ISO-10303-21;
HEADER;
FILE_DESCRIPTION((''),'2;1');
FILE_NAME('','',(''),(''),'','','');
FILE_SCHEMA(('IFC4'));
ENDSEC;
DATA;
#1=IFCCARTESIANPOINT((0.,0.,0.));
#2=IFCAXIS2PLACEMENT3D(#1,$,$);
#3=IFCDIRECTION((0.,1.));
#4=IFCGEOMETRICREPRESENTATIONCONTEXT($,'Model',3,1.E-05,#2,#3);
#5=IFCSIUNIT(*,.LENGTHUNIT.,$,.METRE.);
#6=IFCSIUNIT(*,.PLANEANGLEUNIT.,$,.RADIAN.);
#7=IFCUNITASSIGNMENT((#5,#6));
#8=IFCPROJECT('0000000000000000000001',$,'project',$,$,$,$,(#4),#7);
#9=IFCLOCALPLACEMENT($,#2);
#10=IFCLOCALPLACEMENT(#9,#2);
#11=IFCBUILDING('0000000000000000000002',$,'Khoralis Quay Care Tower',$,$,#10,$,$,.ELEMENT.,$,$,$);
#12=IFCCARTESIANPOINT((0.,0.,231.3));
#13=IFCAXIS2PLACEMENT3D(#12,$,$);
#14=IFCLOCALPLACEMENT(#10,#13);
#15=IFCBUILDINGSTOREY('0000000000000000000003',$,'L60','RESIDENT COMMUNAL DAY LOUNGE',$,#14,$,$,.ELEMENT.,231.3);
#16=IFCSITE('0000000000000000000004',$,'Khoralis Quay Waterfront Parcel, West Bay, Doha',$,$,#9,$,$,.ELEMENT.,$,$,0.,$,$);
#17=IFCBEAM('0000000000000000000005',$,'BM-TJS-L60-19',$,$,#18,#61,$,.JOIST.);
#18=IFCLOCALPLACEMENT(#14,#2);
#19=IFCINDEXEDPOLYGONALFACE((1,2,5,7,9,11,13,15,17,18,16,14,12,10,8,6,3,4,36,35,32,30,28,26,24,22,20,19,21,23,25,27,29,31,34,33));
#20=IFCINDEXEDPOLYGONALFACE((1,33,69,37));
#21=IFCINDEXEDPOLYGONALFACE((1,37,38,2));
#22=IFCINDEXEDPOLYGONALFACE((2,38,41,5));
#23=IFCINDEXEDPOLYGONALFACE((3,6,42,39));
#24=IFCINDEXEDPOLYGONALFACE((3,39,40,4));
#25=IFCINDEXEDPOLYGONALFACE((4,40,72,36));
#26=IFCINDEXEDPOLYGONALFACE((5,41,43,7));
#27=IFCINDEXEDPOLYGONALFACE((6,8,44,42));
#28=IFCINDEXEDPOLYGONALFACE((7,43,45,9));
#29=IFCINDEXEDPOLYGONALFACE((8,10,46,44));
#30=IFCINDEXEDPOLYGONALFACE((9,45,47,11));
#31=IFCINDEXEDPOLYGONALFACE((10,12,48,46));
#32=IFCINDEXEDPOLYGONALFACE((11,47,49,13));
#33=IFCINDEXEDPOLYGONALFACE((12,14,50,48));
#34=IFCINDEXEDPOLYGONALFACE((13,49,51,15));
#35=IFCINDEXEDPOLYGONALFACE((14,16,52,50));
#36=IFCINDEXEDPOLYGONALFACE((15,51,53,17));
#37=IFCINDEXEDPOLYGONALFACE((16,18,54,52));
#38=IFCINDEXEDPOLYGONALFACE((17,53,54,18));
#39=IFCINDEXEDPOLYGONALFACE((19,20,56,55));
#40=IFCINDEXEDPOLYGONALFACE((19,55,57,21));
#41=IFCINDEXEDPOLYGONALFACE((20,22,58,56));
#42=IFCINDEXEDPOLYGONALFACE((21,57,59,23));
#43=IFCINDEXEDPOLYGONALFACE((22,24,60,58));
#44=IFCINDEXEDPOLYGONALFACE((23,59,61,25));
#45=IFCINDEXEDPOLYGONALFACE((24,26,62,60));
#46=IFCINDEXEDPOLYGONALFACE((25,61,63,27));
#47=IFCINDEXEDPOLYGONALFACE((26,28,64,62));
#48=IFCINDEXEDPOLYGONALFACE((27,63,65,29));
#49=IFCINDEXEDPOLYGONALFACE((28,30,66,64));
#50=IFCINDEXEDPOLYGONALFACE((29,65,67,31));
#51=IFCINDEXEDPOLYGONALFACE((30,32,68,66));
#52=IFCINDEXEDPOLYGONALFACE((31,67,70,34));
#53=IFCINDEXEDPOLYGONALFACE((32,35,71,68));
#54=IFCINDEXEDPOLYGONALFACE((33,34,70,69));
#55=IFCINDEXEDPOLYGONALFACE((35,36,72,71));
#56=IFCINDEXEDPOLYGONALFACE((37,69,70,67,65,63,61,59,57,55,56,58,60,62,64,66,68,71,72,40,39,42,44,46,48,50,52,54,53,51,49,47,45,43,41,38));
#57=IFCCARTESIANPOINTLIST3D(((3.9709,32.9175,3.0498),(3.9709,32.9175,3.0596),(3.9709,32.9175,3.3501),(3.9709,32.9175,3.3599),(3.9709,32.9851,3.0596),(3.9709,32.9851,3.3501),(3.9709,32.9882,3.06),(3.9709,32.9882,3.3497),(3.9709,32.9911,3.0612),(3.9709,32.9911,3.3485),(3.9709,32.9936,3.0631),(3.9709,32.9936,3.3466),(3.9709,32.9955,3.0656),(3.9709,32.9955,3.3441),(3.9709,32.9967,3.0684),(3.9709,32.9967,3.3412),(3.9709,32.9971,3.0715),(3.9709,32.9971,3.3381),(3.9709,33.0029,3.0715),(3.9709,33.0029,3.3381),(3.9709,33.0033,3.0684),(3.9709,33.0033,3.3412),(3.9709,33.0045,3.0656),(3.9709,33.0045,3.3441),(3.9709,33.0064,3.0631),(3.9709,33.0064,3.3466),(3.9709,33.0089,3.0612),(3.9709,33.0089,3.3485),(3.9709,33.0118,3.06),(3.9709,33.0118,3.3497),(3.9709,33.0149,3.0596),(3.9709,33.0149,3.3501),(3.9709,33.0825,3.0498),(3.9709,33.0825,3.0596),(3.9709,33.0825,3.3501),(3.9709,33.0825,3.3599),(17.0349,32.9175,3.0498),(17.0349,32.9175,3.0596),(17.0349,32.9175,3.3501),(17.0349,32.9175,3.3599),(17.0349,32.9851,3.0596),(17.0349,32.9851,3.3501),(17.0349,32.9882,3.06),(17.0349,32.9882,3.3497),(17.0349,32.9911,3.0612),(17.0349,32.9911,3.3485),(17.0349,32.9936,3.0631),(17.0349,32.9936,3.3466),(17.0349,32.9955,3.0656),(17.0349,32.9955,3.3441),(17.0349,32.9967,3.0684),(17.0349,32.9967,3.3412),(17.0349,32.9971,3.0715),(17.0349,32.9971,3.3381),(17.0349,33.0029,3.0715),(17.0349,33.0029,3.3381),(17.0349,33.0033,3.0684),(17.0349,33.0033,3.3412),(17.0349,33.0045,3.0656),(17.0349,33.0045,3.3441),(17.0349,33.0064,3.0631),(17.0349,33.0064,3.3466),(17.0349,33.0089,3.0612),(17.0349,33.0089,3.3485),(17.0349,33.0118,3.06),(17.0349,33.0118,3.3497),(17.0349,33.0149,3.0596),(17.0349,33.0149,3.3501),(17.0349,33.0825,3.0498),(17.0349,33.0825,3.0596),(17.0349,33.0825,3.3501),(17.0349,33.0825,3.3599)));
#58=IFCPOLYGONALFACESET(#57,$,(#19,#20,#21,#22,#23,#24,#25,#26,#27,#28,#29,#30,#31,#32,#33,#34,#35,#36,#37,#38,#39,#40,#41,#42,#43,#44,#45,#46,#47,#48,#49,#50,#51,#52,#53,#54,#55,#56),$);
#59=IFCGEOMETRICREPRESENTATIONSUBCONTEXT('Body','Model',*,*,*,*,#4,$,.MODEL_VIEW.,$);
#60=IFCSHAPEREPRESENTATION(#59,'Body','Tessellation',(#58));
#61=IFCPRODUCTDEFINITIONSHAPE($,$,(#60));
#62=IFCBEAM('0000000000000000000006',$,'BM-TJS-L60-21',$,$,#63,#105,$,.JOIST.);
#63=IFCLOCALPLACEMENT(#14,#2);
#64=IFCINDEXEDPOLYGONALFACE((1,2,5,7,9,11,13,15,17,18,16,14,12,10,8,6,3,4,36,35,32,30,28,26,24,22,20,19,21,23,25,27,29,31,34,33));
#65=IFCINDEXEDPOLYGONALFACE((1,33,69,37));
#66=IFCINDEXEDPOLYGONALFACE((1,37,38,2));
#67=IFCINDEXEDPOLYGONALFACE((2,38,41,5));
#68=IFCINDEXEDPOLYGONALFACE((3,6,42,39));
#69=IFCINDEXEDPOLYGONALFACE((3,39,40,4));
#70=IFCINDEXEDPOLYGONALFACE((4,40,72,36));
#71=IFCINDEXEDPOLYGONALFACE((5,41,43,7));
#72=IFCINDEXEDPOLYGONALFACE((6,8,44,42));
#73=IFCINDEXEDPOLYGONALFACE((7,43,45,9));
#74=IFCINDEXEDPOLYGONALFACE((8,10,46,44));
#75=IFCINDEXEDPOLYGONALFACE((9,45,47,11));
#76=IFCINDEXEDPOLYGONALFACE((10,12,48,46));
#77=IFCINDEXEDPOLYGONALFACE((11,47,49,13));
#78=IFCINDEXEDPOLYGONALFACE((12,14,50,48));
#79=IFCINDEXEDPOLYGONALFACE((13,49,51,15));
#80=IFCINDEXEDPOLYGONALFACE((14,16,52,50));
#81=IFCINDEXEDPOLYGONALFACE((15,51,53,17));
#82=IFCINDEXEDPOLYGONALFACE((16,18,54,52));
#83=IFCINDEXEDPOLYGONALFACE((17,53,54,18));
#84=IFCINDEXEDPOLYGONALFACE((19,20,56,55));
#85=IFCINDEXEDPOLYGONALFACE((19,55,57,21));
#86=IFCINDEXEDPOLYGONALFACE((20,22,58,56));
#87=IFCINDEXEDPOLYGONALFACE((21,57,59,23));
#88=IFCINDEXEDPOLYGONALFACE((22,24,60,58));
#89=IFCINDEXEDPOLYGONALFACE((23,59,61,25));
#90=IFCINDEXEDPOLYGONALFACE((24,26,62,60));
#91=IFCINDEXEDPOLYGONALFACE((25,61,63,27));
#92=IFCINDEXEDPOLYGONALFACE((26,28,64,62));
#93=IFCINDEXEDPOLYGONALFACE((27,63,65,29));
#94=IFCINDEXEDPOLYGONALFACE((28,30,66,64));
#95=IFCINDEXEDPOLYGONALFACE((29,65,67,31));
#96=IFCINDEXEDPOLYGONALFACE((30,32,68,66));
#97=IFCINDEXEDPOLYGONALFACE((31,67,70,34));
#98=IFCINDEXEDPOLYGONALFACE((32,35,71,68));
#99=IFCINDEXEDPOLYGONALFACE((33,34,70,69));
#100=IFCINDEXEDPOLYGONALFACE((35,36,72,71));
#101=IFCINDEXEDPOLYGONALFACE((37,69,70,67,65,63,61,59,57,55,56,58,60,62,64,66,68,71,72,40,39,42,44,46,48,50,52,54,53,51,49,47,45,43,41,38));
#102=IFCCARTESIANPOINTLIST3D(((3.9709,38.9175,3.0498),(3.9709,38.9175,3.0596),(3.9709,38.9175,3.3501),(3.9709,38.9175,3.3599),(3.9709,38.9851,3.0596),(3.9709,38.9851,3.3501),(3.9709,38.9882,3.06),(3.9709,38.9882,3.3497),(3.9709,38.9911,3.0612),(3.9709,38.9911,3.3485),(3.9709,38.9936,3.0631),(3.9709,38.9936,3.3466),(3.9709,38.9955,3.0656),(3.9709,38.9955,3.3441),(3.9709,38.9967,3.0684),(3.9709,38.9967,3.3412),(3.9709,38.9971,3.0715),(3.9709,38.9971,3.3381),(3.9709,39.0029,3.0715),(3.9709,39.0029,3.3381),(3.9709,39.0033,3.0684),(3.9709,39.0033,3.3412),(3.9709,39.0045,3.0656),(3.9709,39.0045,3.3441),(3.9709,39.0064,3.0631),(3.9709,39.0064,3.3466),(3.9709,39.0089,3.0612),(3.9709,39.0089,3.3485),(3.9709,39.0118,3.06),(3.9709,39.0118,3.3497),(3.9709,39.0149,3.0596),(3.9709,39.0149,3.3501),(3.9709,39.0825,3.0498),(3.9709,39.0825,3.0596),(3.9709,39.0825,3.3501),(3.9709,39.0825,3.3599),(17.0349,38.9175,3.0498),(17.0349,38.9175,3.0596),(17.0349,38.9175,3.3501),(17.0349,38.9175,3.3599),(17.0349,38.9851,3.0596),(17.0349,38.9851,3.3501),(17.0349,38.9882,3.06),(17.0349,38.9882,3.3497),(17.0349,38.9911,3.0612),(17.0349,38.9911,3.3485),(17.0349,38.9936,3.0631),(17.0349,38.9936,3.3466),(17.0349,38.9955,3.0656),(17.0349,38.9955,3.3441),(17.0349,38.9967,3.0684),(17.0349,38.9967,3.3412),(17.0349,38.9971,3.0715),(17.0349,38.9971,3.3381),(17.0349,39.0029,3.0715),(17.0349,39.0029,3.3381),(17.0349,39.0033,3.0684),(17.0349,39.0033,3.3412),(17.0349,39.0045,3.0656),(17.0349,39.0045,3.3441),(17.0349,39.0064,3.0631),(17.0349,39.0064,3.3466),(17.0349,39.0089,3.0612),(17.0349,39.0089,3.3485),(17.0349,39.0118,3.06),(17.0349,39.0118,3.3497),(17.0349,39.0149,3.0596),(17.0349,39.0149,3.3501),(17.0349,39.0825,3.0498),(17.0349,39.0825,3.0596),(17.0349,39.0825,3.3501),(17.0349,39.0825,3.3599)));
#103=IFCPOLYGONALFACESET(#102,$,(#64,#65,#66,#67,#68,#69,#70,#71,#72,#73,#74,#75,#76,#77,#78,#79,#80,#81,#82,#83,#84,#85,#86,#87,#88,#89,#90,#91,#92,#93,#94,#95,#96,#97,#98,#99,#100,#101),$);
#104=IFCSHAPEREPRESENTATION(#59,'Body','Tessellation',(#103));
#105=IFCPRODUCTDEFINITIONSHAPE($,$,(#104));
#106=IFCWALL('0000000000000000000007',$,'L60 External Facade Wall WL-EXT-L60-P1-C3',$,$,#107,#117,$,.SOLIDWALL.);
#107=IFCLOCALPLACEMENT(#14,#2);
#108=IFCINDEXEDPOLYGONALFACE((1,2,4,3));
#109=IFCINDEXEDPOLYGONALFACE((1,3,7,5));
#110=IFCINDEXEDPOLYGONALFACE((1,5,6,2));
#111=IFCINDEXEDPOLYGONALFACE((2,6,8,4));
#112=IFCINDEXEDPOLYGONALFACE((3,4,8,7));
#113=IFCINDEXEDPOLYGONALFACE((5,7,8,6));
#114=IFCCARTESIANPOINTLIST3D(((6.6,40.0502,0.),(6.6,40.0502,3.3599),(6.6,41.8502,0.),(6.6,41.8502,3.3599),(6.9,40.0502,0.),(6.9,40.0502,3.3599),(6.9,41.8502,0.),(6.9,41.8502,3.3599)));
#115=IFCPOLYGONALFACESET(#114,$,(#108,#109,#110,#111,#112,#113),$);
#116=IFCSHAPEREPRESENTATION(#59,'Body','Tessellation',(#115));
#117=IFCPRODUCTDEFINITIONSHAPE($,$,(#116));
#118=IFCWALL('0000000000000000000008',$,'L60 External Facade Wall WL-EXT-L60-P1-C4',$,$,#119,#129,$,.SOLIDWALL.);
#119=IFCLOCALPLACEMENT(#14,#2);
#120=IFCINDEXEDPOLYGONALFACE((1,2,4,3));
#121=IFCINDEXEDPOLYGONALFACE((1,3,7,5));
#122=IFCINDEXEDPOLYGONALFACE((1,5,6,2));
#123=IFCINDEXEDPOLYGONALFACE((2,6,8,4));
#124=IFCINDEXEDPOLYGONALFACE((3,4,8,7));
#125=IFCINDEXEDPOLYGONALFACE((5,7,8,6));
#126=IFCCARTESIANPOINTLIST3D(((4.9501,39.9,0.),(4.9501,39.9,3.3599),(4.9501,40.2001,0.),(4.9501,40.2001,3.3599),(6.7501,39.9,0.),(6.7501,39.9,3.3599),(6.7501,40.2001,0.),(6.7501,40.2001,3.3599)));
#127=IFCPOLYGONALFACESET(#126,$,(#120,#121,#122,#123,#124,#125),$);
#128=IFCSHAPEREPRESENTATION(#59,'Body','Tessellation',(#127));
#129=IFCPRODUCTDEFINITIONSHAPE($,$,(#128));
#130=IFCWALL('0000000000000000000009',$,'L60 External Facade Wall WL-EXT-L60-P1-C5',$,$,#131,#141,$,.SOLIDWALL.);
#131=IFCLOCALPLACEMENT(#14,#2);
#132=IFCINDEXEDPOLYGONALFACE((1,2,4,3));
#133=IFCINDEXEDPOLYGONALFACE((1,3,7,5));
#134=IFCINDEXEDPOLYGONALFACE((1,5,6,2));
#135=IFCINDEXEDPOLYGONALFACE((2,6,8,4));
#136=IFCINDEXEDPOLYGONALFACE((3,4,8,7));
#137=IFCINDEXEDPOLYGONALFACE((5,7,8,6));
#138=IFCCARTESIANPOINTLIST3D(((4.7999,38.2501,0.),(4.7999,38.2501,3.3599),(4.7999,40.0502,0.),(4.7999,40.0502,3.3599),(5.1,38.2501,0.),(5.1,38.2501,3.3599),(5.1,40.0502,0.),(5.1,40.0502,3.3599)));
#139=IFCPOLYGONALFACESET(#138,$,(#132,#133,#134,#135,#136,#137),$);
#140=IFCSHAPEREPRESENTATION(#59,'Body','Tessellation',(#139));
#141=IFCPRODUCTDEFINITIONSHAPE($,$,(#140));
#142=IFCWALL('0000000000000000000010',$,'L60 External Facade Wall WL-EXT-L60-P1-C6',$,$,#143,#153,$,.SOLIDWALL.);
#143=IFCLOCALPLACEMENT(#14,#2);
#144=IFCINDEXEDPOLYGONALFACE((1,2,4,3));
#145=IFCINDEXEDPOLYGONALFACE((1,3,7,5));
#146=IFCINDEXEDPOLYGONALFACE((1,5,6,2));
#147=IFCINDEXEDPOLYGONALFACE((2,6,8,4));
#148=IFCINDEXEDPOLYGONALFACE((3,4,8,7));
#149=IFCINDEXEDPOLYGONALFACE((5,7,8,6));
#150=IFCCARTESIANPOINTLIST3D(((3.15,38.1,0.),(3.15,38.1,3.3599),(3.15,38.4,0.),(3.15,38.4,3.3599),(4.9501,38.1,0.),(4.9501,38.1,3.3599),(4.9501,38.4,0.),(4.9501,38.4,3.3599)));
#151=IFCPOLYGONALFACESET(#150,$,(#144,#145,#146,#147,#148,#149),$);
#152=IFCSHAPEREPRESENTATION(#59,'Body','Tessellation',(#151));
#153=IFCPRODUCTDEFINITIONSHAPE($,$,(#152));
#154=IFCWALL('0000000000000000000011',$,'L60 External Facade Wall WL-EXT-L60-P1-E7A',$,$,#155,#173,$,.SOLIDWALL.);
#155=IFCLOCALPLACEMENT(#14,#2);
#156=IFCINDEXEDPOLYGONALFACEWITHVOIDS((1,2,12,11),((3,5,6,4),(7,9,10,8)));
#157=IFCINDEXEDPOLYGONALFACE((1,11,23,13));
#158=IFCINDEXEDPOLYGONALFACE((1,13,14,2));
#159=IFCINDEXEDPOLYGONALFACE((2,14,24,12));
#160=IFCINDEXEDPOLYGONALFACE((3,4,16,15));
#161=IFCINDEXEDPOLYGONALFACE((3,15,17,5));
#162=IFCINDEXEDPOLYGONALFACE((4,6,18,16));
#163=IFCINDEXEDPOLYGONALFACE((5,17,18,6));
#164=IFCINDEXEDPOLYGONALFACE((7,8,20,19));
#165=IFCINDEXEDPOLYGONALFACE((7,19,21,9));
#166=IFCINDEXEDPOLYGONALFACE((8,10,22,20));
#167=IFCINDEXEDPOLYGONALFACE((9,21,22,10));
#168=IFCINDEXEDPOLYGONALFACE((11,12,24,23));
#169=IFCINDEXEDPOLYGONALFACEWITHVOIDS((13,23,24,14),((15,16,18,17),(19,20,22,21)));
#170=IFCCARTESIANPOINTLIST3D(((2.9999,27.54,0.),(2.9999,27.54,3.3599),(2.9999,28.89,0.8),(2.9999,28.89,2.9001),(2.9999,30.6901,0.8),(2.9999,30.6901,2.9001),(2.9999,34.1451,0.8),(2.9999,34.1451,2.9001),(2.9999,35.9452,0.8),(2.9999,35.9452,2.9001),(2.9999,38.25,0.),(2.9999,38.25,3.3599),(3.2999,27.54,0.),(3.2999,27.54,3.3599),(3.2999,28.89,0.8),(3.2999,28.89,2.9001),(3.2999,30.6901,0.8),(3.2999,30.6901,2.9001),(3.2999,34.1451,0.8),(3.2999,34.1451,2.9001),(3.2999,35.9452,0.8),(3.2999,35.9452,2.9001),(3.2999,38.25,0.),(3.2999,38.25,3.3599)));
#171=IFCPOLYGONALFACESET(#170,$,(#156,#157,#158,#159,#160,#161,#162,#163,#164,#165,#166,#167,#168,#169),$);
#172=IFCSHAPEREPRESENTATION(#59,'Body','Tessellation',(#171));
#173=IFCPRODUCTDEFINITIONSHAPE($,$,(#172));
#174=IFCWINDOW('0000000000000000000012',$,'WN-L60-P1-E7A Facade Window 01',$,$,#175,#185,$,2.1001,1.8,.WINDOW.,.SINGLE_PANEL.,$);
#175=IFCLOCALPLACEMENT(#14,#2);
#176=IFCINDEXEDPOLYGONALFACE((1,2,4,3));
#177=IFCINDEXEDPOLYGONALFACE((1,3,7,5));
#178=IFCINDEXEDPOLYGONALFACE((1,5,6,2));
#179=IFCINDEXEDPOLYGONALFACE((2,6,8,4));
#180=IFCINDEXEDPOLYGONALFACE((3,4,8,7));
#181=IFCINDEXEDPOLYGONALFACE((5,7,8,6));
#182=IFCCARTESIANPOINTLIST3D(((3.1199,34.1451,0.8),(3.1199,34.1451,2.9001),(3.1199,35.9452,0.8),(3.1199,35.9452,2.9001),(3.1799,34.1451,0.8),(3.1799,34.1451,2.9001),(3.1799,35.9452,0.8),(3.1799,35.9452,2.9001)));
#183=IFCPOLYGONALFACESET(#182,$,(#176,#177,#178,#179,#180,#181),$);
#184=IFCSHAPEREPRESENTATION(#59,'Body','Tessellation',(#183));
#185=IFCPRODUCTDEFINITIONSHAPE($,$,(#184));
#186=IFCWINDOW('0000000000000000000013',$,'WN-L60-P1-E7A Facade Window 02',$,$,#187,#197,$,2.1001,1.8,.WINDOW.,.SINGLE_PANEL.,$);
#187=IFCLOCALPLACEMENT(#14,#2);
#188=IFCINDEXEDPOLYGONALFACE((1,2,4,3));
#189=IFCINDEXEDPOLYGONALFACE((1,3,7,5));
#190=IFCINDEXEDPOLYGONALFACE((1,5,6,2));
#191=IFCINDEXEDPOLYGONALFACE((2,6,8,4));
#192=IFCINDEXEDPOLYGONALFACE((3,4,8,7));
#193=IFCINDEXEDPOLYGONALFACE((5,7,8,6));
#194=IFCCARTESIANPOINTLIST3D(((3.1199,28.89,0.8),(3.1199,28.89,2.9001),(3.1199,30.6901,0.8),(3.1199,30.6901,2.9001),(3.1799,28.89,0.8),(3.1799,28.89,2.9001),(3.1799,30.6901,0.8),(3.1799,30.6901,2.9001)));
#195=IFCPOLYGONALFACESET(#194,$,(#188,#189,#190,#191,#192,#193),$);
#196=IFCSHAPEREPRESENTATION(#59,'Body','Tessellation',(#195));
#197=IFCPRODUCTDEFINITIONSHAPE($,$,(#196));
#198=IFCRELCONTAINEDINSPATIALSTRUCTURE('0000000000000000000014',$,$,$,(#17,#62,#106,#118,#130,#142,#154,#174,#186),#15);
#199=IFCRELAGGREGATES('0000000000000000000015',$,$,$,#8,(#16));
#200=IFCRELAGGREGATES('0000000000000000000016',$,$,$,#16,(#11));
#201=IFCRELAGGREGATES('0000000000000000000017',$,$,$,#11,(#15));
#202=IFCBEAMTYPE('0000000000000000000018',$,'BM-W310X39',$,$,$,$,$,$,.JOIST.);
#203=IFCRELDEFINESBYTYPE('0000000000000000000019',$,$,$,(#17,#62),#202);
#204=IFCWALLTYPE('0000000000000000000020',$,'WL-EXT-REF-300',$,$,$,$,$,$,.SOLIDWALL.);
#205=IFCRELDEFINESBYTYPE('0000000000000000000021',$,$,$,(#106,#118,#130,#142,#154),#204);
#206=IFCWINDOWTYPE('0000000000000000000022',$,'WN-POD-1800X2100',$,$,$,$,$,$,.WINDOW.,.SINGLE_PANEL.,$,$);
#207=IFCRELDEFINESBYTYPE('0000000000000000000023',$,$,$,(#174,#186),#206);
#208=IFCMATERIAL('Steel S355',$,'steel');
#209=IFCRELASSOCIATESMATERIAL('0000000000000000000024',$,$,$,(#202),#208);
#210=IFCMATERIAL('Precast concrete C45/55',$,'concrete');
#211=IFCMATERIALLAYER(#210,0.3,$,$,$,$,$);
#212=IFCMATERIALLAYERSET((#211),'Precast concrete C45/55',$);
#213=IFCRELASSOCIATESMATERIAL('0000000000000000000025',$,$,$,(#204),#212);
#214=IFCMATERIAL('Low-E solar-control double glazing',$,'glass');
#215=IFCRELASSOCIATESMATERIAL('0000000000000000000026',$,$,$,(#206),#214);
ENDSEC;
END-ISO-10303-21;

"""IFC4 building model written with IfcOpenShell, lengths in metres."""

from ifc_helpers import new_model, si_unit, direction, frame, frame_2d, origin, origin_2d, place, context, subcontext, project, spatial, rectangle, i_section, extrude, source, transform, mapped, material, layer, layer_set, material_profile, profile_set, type_object, element, fill, save


model = new_model("IFC4")

# Units and contexts
model_context = context("Model", 3, precision=1e-05, world=origin(), true_north=direction((0.0, 1.0)))
body_context = subcontext(model_context, "Body", "Model", "MODEL_VIEW")
ifc_project = project(units=[si_unit("LENGTHUNIT", "METRE"), si_unit("PLANEANGLEUNIT", "RADIAN")], contexts=[model_context])

# Site, building, storey
site_placement = place(None, origin())
site = spatial("IfcSite", under=ifc_project, at=site_placement, Name="Khoralis Quay Waterfront Parcel, West Bay, Doha", CompositionType="ELEMENT", RefElevation=0.0)
building_placement = place(site_placement, origin())
building = spatial("IfcBuilding", under=site, at=building_placement, Name="Khoralis Quay Care Tower", CompositionType="ELEMENT")
storey_placement = place(building_placement, frame((0.0, 0.0, 231.3)))
storey = spatial("IfcBuildingStorey", under=building, at=storey_placement, Name="L60", Description="RESIDENT COMMUNAL DAY LOUNGE", CompositionType="ELEMENT", Elevation=231.3)

# Beams
ifc_material_1 = material(Name="Steel S355", Category="steel")
ifc_material_profile_1 = material_profile(ifc_material_1, i_section(OverallWidth=0.165, OverallDepth=0.3101, WebThickness=0.0059, FlangeThickness=0.0098, FilletRadius=0.012, at=origin_2d()), Name="Steel S355")
ifc_profile_set_1 = profile_set([ifc_material_profile_1], Name="Steel S355")
beam_type_1 = type_object("IfcBeamType", Name="BM-W310X39", PredefinedType="JOIST", material=ifc_profile_set_1)
shared_shape_1 = source(origin(), body_context, "Body", "SweptSolid", [
    extrude(i_section(OverallWidth=0.165, OverallDepth=0.3101, WebThickness=0.0059, FlangeThickness=0.0098, FilletRadius=0.012, at=origin_2d()), origin(), (0.0, 0.0, 1.0), 13.064),
])
for number, where, z_axis, x_axis, name in (
    (1, (3.9709, 33.0, 3.2048), (1.0, 0.0, 0.0), (0.0, 1.0, 0.0), "BM-TJS-L60-19"),
    (2, (3.9709, 39.0, 3.2048), (1.0, 0.0, 0.0), (0.0, 1.0, 0.0), "BM-TJS-L60-21"),
):
    element("IfcBeam", number, at=place(storey_placement, frame(where, z_axis=z_axis, x_axis=x_axis)), inside=storey, type_object=beam_type_1, Name=name, PredefinedType="JOIST", context=body_context, shape_type="MappedRepresentation", body=[
        mapped(shared_shape_1, transform((0.0, 0.0, 0.0), scale=1.0)),
    ])

# Walls
ifc_material_2 = material(Name="Precast concrete C45/55", Category="concrete")
ifc_layer_1 = layer(ifc_material_2, 0.3)
ifc_layer_set_1 = layer_set([ifc_layer_1], Name="Precast concrete C45/55")
wall_type_1 = type_object("IfcWallType", Name="WL-EXT-REF-300", PredefinedType="SOLIDWALL", material=ifc_layer_set_1)
for number, where, z_axis, x_axis, name in (
    (3, (6.75, 41.8501, 0.0), (0.0, 0.0, 1.0), (0.0, -1.0, 0.0), "L60 External Facade Wall WL-EXT-L60-P1-C3"),
    (4, (6.75, 40.05, 0.0), (0.0, 0.0, 1.0), (-1.0, 0.0, 0.0), "L60 External Facade Wall WL-EXT-L60-P1-C4"),
    (5, (4.95, 40.05, 0.0), (0.0, 0.0, 1.0), (0.0, -1.0, 0.0), "L60 External Facade Wall WL-EXT-L60-P1-C5"),
    (6, (4.95, 38.25, 0.0), (0.0, 0.0, 1.0), (-1.0, 0.0, 0.0), "L60 External Facade Wall WL-EXT-L60-P1-C6"),
):
    element("IfcWall", number, at=place(storey_placement, frame(where, z_axis=z_axis, x_axis=x_axis)), inside=storey, type_object=wall_type_1, Name=name, PredefinedType="SOLIDWALL", context=body_context, shape_type="SweptSolid", body=[
        extrude(rectangle(XDim=1.8, YDim=0.3, at=frame_2d((0.8999, 0.0))), origin(), (0.0, 0.0, 1.0), 3.3599),
    ])

# Wall, openings, windows
wall_1_placement = place(storey_placement, frame((3.1499, 38.25, 0.0), z_axis=(0.0, 0.0, 1.0), x_axis=(0.0, -1.0, 0.0)))
wall_1 = element("IfcWall", 7, at=wall_1_placement, inside=storey, type_object=wall_type_1, Name="L60 External Facade Wall WL-EXT-L60-P1-E7A", PredefinedType="SOLIDWALL", context=body_context, shape_type="SweptSolid", body=[
    extrude(rectangle(XDim=10.71, YDim=0.3, at=frame_2d((5.355, 0.0))), origin(), (0.0, 0.0, 1.0), 3.3599),
])
opening_1_placement = place(wall_1_placement, frame((2.3049, 0.0, 0.8)))
opening_1 = element("IfcOpeningElement", 8, at=opening_1_placement, cuts=wall_1, PredefinedType="OPENING", context=body_context, shape_type="SweptSolid", body=[
    extrude(rectangle(XDim=1.8, YDim=2.1001, at=frame_2d((0.8999, 1.05))), frame((0.0, 0.1602, 0.0), z_axis=(0.0, -1.0, 0.0), x_axis=(1.0, 0.0, 0.0)), (0.0, 0.0, 1.0), 0.3201),
])
opening_2_placement = place(wall_1_placement, frame((7.5601, 0.0, 0.8)))
opening_2 = element("IfcOpeningElement", 9, at=opening_2_placement, cuts=wall_1, PredefinedType="OPENING", context=body_context, shape_type="SweptSolid", body=[
    extrude(rectangle(XDim=1.8, YDim=2.1001, at=frame_2d((0.8999, 1.05))), frame((0.0, 0.1602, 0.0), z_axis=(0.0, -1.0, 0.0), x_axis=(1.0, 0.0, 0.0)), (0.0, 0.0, 1.0), 0.3201),
])
ifc_material_3 = material(Name="Low-E solar-control double glazing", Category="glass")
window_type = type_object("IfcWindowType", Name="WN-POD-1800X2100", PartitioningType="SINGLE_PANEL", PredefinedType="WINDOW", material=ifc_material_3)
shared_shape_2 = source(origin(), body_context, "Body", "SweptSolid", [
    extrude(rectangle(XDim=1.8, YDim=2.1001, at=frame_2d((0.8999, 1.05))), frame((0.0, 0.03, 0.0), z_axis=(0.0, -1.0, 0.0), x_axis=(1.0, 0.0, 0.0)), (0.0, 0.0, 1.0), 0.0601),
])
window_1_placement = place(opening_1_placement, origin())
window_1 = element("IfcWindow", 10, at=window_1_placement, inside=storey, type_object=window_type, Name="WN-L60-P1-E7A Facade Window 01", OverallHeight=2.1001, OverallWidth=1.8, PartitioningType="SINGLE_PANEL", PredefinedType="WINDOW", context=body_context, shape_type="MappedRepresentation", body=[
    mapped(shared_shape_2, transform((0.0, 0.0, 0.0), scale=1.0)),
])
fill(opening_1, window_1)
window_2_placement = place(opening_2_placement, origin())
window_2 = element("IfcWindow", 11, at=window_2_placement, inside=storey, type_object=window_type, Name="WN-L60-P1-E7A Facade Window 02", OverallHeight=2.1001, OverallWidth=1.8, PartitioningType="SINGLE_PANEL", PredefinedType="WINDOW", context=body_context, shape_type="MappedRepresentation", body=[
    mapped(shared_shape_2, transform((0.0, 0.0, 0.0), scale=1.0)),
])
fill(opening_2, window_2)

save(model, "model.ifc")
